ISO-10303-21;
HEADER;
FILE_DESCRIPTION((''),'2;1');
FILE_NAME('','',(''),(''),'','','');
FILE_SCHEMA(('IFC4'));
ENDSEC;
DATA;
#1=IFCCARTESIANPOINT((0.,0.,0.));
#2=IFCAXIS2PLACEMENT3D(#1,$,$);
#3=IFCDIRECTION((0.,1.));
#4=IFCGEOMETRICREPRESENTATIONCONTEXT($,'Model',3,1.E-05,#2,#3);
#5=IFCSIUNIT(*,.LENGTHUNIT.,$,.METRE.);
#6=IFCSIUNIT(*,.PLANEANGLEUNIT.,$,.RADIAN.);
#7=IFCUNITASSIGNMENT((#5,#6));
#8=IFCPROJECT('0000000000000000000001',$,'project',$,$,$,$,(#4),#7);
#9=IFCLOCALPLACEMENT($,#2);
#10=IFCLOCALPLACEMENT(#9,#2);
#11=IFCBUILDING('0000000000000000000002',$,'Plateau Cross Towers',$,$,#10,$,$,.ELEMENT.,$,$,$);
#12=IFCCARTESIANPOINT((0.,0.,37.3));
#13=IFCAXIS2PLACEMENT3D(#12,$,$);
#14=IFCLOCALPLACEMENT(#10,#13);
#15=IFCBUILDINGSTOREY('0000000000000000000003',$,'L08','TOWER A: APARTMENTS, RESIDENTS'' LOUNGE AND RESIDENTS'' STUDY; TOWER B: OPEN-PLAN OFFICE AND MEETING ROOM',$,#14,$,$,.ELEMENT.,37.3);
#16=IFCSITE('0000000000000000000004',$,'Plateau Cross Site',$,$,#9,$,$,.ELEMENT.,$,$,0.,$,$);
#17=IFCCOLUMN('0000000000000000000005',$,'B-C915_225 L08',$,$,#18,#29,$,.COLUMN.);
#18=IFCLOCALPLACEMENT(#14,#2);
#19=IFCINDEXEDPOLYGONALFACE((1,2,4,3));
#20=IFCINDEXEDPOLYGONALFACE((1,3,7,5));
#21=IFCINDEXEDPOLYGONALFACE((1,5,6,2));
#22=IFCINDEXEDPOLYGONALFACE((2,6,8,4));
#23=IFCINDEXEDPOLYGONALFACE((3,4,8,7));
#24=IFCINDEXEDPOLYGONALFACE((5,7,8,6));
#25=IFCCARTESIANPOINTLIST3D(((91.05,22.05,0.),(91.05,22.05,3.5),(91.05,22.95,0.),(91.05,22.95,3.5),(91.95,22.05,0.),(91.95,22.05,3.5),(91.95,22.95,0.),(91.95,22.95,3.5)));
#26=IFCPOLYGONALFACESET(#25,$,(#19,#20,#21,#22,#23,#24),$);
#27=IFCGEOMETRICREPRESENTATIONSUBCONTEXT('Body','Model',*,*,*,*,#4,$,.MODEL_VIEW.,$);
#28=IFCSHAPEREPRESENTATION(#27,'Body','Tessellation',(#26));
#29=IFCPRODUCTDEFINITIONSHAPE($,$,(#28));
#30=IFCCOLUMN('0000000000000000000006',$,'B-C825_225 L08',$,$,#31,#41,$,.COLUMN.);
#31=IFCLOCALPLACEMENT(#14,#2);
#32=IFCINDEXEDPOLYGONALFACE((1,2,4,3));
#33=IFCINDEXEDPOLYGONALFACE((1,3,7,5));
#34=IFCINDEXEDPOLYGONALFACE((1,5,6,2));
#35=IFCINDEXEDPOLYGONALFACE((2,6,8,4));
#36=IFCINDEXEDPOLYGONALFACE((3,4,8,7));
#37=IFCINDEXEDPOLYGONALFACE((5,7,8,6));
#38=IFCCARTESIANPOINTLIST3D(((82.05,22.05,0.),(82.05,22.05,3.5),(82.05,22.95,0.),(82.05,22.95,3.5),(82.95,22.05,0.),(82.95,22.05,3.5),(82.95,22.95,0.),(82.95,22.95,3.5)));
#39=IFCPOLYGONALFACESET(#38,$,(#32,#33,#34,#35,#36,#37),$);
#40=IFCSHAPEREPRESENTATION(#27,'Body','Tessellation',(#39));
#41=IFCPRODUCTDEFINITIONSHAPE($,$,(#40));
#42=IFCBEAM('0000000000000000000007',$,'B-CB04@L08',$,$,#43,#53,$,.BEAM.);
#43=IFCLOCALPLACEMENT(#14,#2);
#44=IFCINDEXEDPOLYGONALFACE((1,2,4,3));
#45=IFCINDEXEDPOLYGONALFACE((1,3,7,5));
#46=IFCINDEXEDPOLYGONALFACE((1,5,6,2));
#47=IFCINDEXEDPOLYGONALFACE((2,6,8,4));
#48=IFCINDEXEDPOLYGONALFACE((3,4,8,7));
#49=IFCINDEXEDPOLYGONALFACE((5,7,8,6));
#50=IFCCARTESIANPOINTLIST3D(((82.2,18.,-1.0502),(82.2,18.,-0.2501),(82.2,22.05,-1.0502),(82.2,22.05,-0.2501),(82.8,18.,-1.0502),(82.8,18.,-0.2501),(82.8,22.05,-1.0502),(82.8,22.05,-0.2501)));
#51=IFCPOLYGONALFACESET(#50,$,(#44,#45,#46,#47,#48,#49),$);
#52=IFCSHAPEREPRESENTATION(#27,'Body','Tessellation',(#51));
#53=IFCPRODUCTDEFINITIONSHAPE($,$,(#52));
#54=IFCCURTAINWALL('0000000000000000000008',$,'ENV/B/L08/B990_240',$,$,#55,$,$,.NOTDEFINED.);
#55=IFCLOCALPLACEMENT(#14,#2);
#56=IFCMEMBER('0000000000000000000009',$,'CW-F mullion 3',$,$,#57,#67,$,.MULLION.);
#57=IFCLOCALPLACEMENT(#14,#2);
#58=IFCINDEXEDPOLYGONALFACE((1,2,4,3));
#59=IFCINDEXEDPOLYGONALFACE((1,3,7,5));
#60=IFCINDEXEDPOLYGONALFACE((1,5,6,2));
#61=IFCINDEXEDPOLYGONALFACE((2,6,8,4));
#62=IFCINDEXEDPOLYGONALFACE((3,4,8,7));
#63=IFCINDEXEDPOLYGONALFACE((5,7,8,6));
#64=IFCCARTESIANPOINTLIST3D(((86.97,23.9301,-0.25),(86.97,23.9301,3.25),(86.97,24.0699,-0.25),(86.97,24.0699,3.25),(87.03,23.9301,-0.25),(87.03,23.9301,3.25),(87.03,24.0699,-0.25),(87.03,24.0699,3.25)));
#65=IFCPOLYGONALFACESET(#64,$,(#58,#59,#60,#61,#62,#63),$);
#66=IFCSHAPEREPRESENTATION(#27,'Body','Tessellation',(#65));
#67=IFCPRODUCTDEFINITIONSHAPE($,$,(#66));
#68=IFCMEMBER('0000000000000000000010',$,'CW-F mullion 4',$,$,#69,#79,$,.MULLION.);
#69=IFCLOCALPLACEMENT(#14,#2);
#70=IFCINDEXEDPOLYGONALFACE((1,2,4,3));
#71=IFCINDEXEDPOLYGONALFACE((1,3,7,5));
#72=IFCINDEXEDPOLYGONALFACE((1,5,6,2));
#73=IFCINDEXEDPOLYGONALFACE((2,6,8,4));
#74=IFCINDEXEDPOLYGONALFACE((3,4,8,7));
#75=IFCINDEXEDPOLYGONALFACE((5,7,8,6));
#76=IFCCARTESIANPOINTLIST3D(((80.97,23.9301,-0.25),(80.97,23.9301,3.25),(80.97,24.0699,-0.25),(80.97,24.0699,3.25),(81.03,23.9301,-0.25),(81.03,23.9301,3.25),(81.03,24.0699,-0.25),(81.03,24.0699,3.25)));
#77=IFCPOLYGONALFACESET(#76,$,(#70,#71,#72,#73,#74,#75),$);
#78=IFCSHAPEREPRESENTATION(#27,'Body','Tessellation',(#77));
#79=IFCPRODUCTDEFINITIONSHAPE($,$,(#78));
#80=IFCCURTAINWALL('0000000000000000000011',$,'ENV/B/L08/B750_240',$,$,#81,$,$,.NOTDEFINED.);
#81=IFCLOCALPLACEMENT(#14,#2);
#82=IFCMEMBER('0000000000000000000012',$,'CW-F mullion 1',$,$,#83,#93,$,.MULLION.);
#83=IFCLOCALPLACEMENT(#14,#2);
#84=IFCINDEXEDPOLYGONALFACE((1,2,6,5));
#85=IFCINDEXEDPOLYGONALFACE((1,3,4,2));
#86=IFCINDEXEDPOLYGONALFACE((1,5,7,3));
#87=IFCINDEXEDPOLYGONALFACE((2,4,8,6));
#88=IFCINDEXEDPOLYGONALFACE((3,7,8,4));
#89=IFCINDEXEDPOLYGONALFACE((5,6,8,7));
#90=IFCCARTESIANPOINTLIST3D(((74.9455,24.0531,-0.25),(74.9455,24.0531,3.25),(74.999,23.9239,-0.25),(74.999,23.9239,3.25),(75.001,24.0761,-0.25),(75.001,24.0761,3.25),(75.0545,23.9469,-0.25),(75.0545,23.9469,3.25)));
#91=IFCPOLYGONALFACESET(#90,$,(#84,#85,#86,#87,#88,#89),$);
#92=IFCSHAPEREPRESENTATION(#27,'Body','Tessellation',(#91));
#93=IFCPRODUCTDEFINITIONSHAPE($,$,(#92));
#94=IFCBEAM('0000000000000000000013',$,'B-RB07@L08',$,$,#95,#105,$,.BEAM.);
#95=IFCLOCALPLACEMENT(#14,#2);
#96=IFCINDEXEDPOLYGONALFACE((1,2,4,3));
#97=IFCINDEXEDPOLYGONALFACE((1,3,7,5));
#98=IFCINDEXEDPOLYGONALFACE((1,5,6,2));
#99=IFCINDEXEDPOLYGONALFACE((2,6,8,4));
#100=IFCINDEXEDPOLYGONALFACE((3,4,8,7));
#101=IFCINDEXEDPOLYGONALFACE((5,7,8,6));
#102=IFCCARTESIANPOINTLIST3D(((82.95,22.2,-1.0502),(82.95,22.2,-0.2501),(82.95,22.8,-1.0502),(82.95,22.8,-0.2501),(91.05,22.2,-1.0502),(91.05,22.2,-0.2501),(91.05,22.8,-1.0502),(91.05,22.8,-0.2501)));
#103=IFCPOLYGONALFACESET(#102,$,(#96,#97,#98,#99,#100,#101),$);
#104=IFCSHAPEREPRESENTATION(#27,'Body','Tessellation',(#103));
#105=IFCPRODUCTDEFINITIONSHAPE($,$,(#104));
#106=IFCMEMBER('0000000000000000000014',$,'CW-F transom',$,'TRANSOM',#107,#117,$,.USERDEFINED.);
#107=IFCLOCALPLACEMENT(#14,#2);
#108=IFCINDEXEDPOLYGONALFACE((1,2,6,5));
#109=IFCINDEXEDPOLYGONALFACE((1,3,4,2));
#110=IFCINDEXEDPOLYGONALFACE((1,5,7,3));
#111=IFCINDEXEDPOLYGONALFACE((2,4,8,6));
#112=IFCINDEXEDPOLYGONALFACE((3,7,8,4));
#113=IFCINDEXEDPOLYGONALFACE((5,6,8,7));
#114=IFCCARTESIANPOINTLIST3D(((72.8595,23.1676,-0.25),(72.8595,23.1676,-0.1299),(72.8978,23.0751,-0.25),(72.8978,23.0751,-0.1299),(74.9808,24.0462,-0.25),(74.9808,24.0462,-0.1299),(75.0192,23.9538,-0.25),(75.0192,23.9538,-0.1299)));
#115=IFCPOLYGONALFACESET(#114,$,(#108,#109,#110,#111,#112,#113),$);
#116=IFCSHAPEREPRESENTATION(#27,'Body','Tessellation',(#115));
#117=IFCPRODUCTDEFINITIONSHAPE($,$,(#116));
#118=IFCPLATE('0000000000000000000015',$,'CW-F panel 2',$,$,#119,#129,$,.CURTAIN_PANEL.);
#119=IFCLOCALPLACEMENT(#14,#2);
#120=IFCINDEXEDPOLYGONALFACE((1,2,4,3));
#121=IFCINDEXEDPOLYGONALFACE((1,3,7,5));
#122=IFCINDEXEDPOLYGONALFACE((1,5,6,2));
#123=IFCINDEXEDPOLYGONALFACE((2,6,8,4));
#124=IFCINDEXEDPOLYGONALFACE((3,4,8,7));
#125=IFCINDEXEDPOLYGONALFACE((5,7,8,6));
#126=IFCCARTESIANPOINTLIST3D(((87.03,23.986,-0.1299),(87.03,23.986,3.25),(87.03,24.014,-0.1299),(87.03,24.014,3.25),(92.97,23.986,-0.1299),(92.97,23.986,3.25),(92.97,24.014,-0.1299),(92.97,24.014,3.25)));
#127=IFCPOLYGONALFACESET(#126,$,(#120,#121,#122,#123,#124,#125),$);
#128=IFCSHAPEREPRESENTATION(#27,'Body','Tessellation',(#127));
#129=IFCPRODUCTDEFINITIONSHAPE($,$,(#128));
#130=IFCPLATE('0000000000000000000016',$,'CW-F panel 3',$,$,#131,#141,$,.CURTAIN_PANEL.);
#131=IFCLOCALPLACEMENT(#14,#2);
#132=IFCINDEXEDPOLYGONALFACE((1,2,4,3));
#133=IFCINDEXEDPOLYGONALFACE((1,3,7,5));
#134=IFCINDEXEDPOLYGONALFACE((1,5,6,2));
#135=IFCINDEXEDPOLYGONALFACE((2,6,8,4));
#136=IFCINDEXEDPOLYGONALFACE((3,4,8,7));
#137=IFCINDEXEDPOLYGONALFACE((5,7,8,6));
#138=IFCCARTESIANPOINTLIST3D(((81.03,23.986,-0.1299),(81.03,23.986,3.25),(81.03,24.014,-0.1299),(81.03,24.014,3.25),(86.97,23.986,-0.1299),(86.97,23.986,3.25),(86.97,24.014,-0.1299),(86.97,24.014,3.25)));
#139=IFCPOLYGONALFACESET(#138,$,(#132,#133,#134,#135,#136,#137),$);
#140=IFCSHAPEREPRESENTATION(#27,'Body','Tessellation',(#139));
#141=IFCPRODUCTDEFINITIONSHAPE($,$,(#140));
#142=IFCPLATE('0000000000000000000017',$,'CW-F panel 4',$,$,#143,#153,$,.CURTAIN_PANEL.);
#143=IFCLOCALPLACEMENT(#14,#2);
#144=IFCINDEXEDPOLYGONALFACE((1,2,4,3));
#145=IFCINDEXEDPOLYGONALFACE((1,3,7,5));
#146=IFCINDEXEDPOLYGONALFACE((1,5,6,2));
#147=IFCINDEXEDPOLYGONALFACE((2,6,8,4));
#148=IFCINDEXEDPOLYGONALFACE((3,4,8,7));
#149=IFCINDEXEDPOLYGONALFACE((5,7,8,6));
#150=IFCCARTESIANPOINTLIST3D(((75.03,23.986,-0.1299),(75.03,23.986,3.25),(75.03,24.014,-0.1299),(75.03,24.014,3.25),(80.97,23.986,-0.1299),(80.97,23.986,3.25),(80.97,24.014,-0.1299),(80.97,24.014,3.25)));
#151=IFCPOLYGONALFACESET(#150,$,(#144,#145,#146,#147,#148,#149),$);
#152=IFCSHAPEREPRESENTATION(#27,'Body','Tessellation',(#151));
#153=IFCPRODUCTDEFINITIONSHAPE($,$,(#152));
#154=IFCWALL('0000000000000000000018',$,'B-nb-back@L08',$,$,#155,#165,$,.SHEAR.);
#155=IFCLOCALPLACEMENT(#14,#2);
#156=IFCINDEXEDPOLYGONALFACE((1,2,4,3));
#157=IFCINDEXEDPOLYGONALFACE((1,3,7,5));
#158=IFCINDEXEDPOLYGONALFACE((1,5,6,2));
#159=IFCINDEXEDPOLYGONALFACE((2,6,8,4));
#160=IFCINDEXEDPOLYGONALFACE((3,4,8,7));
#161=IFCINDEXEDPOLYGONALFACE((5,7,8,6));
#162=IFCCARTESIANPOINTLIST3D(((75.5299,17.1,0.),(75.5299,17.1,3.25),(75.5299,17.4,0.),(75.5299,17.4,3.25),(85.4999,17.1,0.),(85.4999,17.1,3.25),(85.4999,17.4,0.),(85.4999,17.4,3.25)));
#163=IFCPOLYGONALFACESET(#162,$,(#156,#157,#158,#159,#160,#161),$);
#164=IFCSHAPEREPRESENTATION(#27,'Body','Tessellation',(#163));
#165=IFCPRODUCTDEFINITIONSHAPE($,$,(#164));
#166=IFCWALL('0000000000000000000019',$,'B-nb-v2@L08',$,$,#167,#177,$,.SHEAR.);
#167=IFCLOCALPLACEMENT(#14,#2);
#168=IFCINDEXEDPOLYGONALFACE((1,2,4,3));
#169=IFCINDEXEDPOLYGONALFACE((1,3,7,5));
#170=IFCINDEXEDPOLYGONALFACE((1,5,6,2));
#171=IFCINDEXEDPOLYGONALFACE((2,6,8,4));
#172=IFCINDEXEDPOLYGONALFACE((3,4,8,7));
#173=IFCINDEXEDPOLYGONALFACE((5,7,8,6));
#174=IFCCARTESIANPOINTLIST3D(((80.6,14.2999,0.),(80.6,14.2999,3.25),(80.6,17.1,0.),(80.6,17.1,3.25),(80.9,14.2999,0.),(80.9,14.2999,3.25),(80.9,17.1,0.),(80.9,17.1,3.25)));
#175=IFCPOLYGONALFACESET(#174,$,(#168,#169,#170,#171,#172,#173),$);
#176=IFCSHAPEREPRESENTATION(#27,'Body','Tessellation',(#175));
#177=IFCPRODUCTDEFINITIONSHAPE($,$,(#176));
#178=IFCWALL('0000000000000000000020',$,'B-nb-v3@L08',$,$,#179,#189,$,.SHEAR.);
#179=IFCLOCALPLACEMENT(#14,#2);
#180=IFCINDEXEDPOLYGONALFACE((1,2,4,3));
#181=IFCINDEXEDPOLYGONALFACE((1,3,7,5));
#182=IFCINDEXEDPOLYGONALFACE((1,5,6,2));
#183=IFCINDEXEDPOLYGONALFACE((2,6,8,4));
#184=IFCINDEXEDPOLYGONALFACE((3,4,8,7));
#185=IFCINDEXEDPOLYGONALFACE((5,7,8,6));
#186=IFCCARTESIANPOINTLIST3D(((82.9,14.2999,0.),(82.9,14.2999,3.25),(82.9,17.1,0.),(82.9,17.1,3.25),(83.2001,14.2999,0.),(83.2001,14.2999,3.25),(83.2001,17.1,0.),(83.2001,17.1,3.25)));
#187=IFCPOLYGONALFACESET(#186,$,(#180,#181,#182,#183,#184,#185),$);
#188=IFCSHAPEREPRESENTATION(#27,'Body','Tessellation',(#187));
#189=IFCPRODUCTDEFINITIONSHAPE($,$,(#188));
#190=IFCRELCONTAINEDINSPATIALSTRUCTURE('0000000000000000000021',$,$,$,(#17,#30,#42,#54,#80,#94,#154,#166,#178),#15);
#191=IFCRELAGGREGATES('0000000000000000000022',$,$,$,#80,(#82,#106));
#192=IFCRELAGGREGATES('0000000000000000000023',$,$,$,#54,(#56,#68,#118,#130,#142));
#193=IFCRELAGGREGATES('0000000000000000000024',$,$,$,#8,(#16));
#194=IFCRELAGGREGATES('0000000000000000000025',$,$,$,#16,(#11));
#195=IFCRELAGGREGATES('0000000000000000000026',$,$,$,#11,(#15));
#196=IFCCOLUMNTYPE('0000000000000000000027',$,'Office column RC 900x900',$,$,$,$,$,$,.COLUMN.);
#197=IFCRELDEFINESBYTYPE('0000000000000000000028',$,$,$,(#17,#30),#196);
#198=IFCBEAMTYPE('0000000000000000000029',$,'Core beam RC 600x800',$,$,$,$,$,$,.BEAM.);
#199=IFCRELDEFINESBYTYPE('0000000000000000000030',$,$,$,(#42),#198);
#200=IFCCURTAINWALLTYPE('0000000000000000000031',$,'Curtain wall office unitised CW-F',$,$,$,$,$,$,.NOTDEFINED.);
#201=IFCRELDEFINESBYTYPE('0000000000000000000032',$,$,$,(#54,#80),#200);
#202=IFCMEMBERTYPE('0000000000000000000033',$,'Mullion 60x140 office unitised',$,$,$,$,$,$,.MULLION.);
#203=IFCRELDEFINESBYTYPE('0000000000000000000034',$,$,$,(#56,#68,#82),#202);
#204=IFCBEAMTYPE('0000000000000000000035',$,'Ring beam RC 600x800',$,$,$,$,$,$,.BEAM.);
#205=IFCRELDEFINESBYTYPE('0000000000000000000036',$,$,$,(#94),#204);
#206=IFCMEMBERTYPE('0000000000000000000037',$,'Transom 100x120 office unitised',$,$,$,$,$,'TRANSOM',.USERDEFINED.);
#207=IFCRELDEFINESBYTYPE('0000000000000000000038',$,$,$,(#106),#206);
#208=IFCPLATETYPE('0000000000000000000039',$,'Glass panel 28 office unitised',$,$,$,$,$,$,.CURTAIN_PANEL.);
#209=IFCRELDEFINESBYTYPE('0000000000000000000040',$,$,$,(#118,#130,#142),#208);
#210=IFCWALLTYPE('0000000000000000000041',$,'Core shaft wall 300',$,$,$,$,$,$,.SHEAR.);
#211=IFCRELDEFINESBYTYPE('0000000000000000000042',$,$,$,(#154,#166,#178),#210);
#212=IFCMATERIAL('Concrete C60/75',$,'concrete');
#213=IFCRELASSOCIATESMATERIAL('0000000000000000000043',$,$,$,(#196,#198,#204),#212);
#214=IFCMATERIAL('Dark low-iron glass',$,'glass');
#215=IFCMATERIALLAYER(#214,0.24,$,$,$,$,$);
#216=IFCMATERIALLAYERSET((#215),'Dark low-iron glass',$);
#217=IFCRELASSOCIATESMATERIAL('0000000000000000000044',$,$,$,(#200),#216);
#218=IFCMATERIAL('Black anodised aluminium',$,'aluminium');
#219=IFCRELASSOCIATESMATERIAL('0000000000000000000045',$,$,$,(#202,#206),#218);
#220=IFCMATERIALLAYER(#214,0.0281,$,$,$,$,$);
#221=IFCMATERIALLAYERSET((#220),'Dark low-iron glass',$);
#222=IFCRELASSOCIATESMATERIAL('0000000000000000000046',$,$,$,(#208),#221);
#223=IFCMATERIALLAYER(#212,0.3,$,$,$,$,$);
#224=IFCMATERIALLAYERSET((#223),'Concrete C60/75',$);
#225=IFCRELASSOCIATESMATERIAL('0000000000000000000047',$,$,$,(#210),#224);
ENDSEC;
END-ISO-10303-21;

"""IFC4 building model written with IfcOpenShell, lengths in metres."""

from ifc_helpers import new_model, si_unit, direction, frame, frame_2d, origin, origin_2d, place, context, subcontext, project, spatial, rectangle, extrude, material, layer, layer_set, material_profile, profile_set, type_object, element, aggregate, save


model = new_model("IFC4")

# Units and contexts
model_context = context("Model", 3, precision=1e-05, world=origin(), true_north=direction((0.0, 1.0)))
body_context = subcontext(model_context, "Body", "Model", "MODEL_VIEW")
ifc_project = project(units=[si_unit("LENGTHUNIT", "METRE"), si_unit("PLANEANGLEUNIT", "RADIAN")], contexts=[model_context])

# Site, building, storey
site_placement = place(None, origin())
site = spatial("IfcSite", under=ifc_project, at=site_placement, Name="Plateau Cross Site", CompositionType="ELEMENT", RefElevation=0.0)
building_placement = place(site_placement, origin())
building = spatial("IfcBuilding", under=site, at=building_placement, Name="Plateau Cross Towers", CompositionType="ELEMENT")
storey_placement = place(building_placement, frame((0.0, 0.0, 37.3)))
storey = spatial("IfcBuildingStorey", under=building, at=storey_placement, Name="L08", Description="TOWER A: APARTMENTS, RESIDENTS' LOUNGE AND RESIDENTS' STUDY; TOWER B: OPEN-PLAN OFFICE AND MEETING ROOM", CompositionType="ELEMENT", Elevation=37.3)

# Columns
ifc_material_1 = material(Name="Concrete C60/75", Category="concrete")
ifc_material_profile_1 = material_profile(ifc_material_1, rectangle(XDim=0.8999, YDim=0.8999, at=origin_2d()), Name="RC 900x900")
ifc_profile_set_1 = profile_set([ifc_material_profile_1], Name="Concrete C60/75")
column_type = type_object("IfcColumnType", Name="Office column RC 900x900", PredefinedType="COLUMN", material=ifc_profile_set_1)
for number, where, z_axis, x_axis, name in (
    (1, (91.5, 22.5, 0.0), (0.0, 0.0, 1.0), (1.0, 0.0, 0.0), "B-C915_225 L08"),
    (2, (82.5, 22.5, 0.0), (0.0, 0.0, 1.0), (1.0, 0.0, 0.0), "B-C825_225 L08"),
):
    element("IfcColumn", number, at=place(storey_placement, frame(where, z_axis=z_axis, x_axis=x_axis)), inside=storey, type_object=column_type, Name=name, PredefinedType="COLUMN", context=body_context, shape_type="SweptSolid", body=[
        extrude(rectangle(XDim=0.8999, YDim=0.8999, at=origin_2d()), origin(), (0.0, 0.0, 1.0), 3.5),
    ])

# Beam
ifc_material_profile_2 = material_profile(ifc_material_1, rectangle(XDim=0.6001, YDim=0.8, at=origin_2d()), Name="RC 600x800")
ifc_profile_set_2 = profile_set([ifc_material_profile_2], Name="Concrete C60/75")
beam_type_1 = type_object("IfcBeamType", Name="Core beam RC 600x800", PredefinedType="BEAM", material=ifc_profile_set_2)
beam_1_placement = place(storey_placement, frame((82.5, 18.0, -0.6501), z_axis=(0.0, 1.0, 0.0), x_axis=(-1.0, 0.0, 0.0)))
element("IfcBeam", 3, at=beam_1_placement, inside=storey, type_object=beam_type_1, Name="B-CB04@L08", PredefinedType="BEAM", context=body_context, shape_type="SweptSolid", body=[
    extrude(rectangle(XDim=0.6001, YDim=0.8, at=origin_2d()), origin(), (0.0, 0.0, 1.0), 4.05),
])

# Curtain wall, members
ifc_material_2 = material(Name="Dark low-iron glass", Category="glass")
ifc_layer_1 = layer(ifc_material_2, 0.24)
ifc_layer_set_1 = layer_set([ifc_layer_1], Name="Dark low-iron glass")
curtain_wall_type = type_object("IfcCurtainWallType", Name="Curtain wall office unitised CW-F", PredefinedType="NOTDEFINED", material=ifc_layer_set_1)
curtain_wall_1_placement = place(storey_placement, origin())
curtain_wall_1 = element("IfcCurtainWall", 4, at=curtain_wall_1_placement, inside=storey, type_object=curtain_wall_type, Name="ENV/B/L08/B990_240", PredefinedType="NOTDEFINED")
ifc_material_3 = material(Name="Black anodised aluminium", Category="aluminium")
ifc_material_profile_3 = material_profile(ifc_material_3, rectangle(XDim=0.0601, YDim=0.1399, at=origin_2d()), Name="MULLION 60x140")
ifc_profile_set_3 = profile_set([ifc_material_profile_3], Name="Black anodised aluminium")
member_type_1 = type_object("IfcMemberType", Name="Mullion 60x140 office unitised", PredefinedType="MULLION", material=ifc_profile_set_3)
member_1_placement = place(storey_placement, frame((87.0, 24.0, -0.25), z_axis=(0.0, 0.0, 1.0), x_axis=(-1.0, 0.0, 0.0)))
member_1 = element("IfcMember", 5, at=member_1_placement, type_object=member_type_1, Name="CW-F mullion 3", PredefinedType="MULLION", context=body_context, shape_type="SweptSolid", body=[
    extrude(rectangle(XDim=0.0601, YDim=0.1399, at=origin_2d()), origin(), (0.0, 0.0, 1.0), 3.5),
])
member_2_placement = place(storey_placement, frame((81.0, 24.0, -0.25), z_axis=(0.0, 0.0, 1.0), x_axis=(-1.0, 0.0, 0.0)))
member_2 = element("IfcMember", 6, at=member_2_placement, type_object=member_type_1, Name="CW-F mullion 4", PredefinedType="MULLION", context=body_context, shape_type="SweptSolid", body=[
    extrude(rectangle(XDim=0.0601, YDim=0.1399, at=origin_2d()), origin(), (0.0, 0.0, 1.0), 3.5),
])

# Curtain wall, member
curtain_wall_2_placement = place(storey_placement, origin())
curtain_wall_2 = element("IfcCurtainWall", 7, at=curtain_wall_2_placement, inside=storey, type_object=curtain_wall_type, Name="ENV/B/L08/B750_240", PredefinedType="NOTDEFINED")
member_3_placement = place(storey_placement, frame((75.0, 24.0, -0.25), z_axis=(0.0, 0.0, 1.0), x_axis=(-0.923879, -0.382684, 0.0)))
member_3 = element("IfcMember", 8, at=member_3_placement, type_object=member_type_1, Name="CW-F mullion 1", PredefinedType="MULLION", context=body_context, shape_type="SweptSolid", body=[
    extrude(rectangle(XDim=0.0601, YDim=0.1399, at=origin_2d()), origin(), (0.0, 0.0, 1.0), 3.5),
])

# Beam
ifc_material_profile_4 = material_profile(ifc_material_1, rectangle(XDim=0.6001, YDim=0.8, at=origin_2d()), Name="RC 600x800")
ifc_profile_set_4 = profile_set([ifc_material_profile_4], Name="Concrete C60/75")
beam_type_2 = type_object("IfcBeamType", Name="Ring beam RC 600x800", PredefinedType="BEAM", material=ifc_profile_set_4)
beam_2_placement = place(storey_placement, frame((91.05, 22.5, -0.6501), z_axis=(-1.0, 0.0, 0.0), x_axis=(0.0, -1.0, 0.0)))
element("IfcBeam", 9, at=beam_2_placement, inside=storey, type_object=beam_type_2, Name="B-RB07@L08", PredefinedType="BEAM", context=body_context, shape_type="SweptSolid", body=[
    extrude(rectangle(XDim=0.6001, YDim=0.8, at=origin_2d()), origin(), (0.0, 0.0, 1.0), 8.1001),
])

# Member
ifc_material_profile_5 = material_profile(ifc_material_3, rectangle(XDim=0.1001, YDim=0.1201, at=origin_2d()), Name="TRANSOM 100x120")
ifc_profile_set_5 = profile_set([ifc_material_profile_5], Name="Black anodised aluminium")
member_type_2 = type_object("IfcMemberType", Name="Transom 100x120 office unitised", ElementType="TRANSOM", PredefinedType="USERDEFINED", material=ifc_profile_set_5)
member_4_placement = place(storey_placement, frame((75.0, 24.0, -0.1899), z_axis=(-0.923883, -0.382674, 0.0), x_axis=(0.382674, -0.923883, 0.0)))
member_4 = element("IfcMember", 10, at=member_4_placement, type_object=member_type_2, Name="CW-F transom", ObjectType="TRANSOM", PredefinedType="USERDEFINED", context=body_context, shape_type="SweptSolid", body=[
    extrude(rectangle(XDim=0.1001, YDim=0.1201, at=origin_2d()), origin(), (0.0, 0.0, 1.0), 2.2961),
])
aggregate(curtain_wall_2, [member_3, member_4])

# Plates
ifc_layer_2 = layer(ifc_material_2, 0.0281)
ifc_layer_set_2 = layer_set([ifc_layer_2], Name="Dark low-iron glass")
plate_type = type_object("IfcPlateType", Name="Glass panel 28 office unitised", PredefinedType="CURTAIN_PANEL", material=ifc_layer_set_2)
plate_1_placement = place(storey_placement, frame((90.0, 24.0, -0.1299), z_axis=(0.0, 0.0, 1.0), x_axis=(-1.0, 0.0, 0.0)))
plate_1 = element("IfcPlate", 11, at=plate_1_placement, type_object=plate_type, Name="CW-F panel 2", PredefinedType="CURTAIN_PANEL", context=body_context, shape_type="SweptSolid", body=[
    extrude(rectangle(XDim=5.9399, YDim=0.0281, at=origin_2d()), origin(), (0.0, 0.0, 1.0), 3.3799),
])
plate_2_placement = place(storey_placement, frame((84.0, 24.0, -0.1299), z_axis=(0.0, 0.0, 1.0), x_axis=(-1.0, 0.0, 0.0)))
plate_2 = element("IfcPlate", 12, at=plate_2_placement, type_object=plate_type, Name="CW-F panel 3", PredefinedType="CURTAIN_PANEL", context=body_context, shape_type="SweptSolid", body=[
    extrude(rectangle(XDim=5.9399, YDim=0.0281, at=origin_2d()), origin(), (0.0, 0.0, 1.0), 3.3799),
])
plate_3_placement = place(storey_placement, frame((78.0, 24.0, -0.1299), z_axis=(0.0, 0.0, 1.0), x_axis=(-1.0, 0.0, 0.0)))
plate_3 = element("IfcPlate", 13, at=plate_3_placement, type_object=plate_type, Name="CW-F panel 4", PredefinedType="CURTAIN_PANEL", context=body_context, shape_type="SweptSolid", body=[
    extrude(rectangle(XDim=5.9399, YDim=0.0281, at=origin_2d()), origin(), (0.0, 0.0, 1.0), 3.3799),
])
aggregate(curtain_wall_1, [member_1, member_2, plate_1, plate_2, plate_3])

# Walls
ifc_layer_3 = layer(ifc_material_1, 0.3)
ifc_layer_set_3 = layer_set([ifc_layer_3], Name="Concrete C60/75")
wall_type_1 = type_object("IfcWallType", Name="Core shaft wall 300", PredefinedType="SHEAR", material=ifc_layer_set_3)
wall_1_placement = place(storey_placement, frame((75.53, 17.25, 0.0), z_axis=(0.0, 0.0, 1.0), x_axis=(1.0, 0.0, 0.0)))
element("IfcWall", 14, at=wall_1_placement, inside=storey, type_object=wall_type_1, Name="B-nb-back@L08", PredefinedType="SHEAR", context=body_context, shape_type="SweptSolid", body=[
    extrude(rectangle(XDim=9.97, YDim=0.3, at=frame_2d((4.9849, 0.0))), origin(), (0.0, 0.0, 1.0), 3.25),
])
for number, where, z_axis, x_axis, name in (
    (15, (80.75, 14.3, 0.0), (0.0, 0.0, 1.0), (0.0, 1.0, 0.0), "B-nb-v2@L08"),
    (16, (83.05, 14.3, 0.0), (0.0, 0.0, 1.0), (0.0, 1.0, 0.0), "B-nb-v3@L08"),
):
    element("IfcWall", number, at=place(storey_placement, frame(where, z_axis=z_axis, x_axis=x_axis)), inside=storey, type_object=wall_type_1, Name=name, PredefinedType="SHEAR", context=body_context, shape_type="SweptSolid", body=[
        extrude(rectangle(XDim=2.8, YDim=0.3, at=frame_2d((1.3999, 0.0))), origin(), (0.0, 0.0, 1.0), 3.25),
    ])

save(model, "model.ifc")
